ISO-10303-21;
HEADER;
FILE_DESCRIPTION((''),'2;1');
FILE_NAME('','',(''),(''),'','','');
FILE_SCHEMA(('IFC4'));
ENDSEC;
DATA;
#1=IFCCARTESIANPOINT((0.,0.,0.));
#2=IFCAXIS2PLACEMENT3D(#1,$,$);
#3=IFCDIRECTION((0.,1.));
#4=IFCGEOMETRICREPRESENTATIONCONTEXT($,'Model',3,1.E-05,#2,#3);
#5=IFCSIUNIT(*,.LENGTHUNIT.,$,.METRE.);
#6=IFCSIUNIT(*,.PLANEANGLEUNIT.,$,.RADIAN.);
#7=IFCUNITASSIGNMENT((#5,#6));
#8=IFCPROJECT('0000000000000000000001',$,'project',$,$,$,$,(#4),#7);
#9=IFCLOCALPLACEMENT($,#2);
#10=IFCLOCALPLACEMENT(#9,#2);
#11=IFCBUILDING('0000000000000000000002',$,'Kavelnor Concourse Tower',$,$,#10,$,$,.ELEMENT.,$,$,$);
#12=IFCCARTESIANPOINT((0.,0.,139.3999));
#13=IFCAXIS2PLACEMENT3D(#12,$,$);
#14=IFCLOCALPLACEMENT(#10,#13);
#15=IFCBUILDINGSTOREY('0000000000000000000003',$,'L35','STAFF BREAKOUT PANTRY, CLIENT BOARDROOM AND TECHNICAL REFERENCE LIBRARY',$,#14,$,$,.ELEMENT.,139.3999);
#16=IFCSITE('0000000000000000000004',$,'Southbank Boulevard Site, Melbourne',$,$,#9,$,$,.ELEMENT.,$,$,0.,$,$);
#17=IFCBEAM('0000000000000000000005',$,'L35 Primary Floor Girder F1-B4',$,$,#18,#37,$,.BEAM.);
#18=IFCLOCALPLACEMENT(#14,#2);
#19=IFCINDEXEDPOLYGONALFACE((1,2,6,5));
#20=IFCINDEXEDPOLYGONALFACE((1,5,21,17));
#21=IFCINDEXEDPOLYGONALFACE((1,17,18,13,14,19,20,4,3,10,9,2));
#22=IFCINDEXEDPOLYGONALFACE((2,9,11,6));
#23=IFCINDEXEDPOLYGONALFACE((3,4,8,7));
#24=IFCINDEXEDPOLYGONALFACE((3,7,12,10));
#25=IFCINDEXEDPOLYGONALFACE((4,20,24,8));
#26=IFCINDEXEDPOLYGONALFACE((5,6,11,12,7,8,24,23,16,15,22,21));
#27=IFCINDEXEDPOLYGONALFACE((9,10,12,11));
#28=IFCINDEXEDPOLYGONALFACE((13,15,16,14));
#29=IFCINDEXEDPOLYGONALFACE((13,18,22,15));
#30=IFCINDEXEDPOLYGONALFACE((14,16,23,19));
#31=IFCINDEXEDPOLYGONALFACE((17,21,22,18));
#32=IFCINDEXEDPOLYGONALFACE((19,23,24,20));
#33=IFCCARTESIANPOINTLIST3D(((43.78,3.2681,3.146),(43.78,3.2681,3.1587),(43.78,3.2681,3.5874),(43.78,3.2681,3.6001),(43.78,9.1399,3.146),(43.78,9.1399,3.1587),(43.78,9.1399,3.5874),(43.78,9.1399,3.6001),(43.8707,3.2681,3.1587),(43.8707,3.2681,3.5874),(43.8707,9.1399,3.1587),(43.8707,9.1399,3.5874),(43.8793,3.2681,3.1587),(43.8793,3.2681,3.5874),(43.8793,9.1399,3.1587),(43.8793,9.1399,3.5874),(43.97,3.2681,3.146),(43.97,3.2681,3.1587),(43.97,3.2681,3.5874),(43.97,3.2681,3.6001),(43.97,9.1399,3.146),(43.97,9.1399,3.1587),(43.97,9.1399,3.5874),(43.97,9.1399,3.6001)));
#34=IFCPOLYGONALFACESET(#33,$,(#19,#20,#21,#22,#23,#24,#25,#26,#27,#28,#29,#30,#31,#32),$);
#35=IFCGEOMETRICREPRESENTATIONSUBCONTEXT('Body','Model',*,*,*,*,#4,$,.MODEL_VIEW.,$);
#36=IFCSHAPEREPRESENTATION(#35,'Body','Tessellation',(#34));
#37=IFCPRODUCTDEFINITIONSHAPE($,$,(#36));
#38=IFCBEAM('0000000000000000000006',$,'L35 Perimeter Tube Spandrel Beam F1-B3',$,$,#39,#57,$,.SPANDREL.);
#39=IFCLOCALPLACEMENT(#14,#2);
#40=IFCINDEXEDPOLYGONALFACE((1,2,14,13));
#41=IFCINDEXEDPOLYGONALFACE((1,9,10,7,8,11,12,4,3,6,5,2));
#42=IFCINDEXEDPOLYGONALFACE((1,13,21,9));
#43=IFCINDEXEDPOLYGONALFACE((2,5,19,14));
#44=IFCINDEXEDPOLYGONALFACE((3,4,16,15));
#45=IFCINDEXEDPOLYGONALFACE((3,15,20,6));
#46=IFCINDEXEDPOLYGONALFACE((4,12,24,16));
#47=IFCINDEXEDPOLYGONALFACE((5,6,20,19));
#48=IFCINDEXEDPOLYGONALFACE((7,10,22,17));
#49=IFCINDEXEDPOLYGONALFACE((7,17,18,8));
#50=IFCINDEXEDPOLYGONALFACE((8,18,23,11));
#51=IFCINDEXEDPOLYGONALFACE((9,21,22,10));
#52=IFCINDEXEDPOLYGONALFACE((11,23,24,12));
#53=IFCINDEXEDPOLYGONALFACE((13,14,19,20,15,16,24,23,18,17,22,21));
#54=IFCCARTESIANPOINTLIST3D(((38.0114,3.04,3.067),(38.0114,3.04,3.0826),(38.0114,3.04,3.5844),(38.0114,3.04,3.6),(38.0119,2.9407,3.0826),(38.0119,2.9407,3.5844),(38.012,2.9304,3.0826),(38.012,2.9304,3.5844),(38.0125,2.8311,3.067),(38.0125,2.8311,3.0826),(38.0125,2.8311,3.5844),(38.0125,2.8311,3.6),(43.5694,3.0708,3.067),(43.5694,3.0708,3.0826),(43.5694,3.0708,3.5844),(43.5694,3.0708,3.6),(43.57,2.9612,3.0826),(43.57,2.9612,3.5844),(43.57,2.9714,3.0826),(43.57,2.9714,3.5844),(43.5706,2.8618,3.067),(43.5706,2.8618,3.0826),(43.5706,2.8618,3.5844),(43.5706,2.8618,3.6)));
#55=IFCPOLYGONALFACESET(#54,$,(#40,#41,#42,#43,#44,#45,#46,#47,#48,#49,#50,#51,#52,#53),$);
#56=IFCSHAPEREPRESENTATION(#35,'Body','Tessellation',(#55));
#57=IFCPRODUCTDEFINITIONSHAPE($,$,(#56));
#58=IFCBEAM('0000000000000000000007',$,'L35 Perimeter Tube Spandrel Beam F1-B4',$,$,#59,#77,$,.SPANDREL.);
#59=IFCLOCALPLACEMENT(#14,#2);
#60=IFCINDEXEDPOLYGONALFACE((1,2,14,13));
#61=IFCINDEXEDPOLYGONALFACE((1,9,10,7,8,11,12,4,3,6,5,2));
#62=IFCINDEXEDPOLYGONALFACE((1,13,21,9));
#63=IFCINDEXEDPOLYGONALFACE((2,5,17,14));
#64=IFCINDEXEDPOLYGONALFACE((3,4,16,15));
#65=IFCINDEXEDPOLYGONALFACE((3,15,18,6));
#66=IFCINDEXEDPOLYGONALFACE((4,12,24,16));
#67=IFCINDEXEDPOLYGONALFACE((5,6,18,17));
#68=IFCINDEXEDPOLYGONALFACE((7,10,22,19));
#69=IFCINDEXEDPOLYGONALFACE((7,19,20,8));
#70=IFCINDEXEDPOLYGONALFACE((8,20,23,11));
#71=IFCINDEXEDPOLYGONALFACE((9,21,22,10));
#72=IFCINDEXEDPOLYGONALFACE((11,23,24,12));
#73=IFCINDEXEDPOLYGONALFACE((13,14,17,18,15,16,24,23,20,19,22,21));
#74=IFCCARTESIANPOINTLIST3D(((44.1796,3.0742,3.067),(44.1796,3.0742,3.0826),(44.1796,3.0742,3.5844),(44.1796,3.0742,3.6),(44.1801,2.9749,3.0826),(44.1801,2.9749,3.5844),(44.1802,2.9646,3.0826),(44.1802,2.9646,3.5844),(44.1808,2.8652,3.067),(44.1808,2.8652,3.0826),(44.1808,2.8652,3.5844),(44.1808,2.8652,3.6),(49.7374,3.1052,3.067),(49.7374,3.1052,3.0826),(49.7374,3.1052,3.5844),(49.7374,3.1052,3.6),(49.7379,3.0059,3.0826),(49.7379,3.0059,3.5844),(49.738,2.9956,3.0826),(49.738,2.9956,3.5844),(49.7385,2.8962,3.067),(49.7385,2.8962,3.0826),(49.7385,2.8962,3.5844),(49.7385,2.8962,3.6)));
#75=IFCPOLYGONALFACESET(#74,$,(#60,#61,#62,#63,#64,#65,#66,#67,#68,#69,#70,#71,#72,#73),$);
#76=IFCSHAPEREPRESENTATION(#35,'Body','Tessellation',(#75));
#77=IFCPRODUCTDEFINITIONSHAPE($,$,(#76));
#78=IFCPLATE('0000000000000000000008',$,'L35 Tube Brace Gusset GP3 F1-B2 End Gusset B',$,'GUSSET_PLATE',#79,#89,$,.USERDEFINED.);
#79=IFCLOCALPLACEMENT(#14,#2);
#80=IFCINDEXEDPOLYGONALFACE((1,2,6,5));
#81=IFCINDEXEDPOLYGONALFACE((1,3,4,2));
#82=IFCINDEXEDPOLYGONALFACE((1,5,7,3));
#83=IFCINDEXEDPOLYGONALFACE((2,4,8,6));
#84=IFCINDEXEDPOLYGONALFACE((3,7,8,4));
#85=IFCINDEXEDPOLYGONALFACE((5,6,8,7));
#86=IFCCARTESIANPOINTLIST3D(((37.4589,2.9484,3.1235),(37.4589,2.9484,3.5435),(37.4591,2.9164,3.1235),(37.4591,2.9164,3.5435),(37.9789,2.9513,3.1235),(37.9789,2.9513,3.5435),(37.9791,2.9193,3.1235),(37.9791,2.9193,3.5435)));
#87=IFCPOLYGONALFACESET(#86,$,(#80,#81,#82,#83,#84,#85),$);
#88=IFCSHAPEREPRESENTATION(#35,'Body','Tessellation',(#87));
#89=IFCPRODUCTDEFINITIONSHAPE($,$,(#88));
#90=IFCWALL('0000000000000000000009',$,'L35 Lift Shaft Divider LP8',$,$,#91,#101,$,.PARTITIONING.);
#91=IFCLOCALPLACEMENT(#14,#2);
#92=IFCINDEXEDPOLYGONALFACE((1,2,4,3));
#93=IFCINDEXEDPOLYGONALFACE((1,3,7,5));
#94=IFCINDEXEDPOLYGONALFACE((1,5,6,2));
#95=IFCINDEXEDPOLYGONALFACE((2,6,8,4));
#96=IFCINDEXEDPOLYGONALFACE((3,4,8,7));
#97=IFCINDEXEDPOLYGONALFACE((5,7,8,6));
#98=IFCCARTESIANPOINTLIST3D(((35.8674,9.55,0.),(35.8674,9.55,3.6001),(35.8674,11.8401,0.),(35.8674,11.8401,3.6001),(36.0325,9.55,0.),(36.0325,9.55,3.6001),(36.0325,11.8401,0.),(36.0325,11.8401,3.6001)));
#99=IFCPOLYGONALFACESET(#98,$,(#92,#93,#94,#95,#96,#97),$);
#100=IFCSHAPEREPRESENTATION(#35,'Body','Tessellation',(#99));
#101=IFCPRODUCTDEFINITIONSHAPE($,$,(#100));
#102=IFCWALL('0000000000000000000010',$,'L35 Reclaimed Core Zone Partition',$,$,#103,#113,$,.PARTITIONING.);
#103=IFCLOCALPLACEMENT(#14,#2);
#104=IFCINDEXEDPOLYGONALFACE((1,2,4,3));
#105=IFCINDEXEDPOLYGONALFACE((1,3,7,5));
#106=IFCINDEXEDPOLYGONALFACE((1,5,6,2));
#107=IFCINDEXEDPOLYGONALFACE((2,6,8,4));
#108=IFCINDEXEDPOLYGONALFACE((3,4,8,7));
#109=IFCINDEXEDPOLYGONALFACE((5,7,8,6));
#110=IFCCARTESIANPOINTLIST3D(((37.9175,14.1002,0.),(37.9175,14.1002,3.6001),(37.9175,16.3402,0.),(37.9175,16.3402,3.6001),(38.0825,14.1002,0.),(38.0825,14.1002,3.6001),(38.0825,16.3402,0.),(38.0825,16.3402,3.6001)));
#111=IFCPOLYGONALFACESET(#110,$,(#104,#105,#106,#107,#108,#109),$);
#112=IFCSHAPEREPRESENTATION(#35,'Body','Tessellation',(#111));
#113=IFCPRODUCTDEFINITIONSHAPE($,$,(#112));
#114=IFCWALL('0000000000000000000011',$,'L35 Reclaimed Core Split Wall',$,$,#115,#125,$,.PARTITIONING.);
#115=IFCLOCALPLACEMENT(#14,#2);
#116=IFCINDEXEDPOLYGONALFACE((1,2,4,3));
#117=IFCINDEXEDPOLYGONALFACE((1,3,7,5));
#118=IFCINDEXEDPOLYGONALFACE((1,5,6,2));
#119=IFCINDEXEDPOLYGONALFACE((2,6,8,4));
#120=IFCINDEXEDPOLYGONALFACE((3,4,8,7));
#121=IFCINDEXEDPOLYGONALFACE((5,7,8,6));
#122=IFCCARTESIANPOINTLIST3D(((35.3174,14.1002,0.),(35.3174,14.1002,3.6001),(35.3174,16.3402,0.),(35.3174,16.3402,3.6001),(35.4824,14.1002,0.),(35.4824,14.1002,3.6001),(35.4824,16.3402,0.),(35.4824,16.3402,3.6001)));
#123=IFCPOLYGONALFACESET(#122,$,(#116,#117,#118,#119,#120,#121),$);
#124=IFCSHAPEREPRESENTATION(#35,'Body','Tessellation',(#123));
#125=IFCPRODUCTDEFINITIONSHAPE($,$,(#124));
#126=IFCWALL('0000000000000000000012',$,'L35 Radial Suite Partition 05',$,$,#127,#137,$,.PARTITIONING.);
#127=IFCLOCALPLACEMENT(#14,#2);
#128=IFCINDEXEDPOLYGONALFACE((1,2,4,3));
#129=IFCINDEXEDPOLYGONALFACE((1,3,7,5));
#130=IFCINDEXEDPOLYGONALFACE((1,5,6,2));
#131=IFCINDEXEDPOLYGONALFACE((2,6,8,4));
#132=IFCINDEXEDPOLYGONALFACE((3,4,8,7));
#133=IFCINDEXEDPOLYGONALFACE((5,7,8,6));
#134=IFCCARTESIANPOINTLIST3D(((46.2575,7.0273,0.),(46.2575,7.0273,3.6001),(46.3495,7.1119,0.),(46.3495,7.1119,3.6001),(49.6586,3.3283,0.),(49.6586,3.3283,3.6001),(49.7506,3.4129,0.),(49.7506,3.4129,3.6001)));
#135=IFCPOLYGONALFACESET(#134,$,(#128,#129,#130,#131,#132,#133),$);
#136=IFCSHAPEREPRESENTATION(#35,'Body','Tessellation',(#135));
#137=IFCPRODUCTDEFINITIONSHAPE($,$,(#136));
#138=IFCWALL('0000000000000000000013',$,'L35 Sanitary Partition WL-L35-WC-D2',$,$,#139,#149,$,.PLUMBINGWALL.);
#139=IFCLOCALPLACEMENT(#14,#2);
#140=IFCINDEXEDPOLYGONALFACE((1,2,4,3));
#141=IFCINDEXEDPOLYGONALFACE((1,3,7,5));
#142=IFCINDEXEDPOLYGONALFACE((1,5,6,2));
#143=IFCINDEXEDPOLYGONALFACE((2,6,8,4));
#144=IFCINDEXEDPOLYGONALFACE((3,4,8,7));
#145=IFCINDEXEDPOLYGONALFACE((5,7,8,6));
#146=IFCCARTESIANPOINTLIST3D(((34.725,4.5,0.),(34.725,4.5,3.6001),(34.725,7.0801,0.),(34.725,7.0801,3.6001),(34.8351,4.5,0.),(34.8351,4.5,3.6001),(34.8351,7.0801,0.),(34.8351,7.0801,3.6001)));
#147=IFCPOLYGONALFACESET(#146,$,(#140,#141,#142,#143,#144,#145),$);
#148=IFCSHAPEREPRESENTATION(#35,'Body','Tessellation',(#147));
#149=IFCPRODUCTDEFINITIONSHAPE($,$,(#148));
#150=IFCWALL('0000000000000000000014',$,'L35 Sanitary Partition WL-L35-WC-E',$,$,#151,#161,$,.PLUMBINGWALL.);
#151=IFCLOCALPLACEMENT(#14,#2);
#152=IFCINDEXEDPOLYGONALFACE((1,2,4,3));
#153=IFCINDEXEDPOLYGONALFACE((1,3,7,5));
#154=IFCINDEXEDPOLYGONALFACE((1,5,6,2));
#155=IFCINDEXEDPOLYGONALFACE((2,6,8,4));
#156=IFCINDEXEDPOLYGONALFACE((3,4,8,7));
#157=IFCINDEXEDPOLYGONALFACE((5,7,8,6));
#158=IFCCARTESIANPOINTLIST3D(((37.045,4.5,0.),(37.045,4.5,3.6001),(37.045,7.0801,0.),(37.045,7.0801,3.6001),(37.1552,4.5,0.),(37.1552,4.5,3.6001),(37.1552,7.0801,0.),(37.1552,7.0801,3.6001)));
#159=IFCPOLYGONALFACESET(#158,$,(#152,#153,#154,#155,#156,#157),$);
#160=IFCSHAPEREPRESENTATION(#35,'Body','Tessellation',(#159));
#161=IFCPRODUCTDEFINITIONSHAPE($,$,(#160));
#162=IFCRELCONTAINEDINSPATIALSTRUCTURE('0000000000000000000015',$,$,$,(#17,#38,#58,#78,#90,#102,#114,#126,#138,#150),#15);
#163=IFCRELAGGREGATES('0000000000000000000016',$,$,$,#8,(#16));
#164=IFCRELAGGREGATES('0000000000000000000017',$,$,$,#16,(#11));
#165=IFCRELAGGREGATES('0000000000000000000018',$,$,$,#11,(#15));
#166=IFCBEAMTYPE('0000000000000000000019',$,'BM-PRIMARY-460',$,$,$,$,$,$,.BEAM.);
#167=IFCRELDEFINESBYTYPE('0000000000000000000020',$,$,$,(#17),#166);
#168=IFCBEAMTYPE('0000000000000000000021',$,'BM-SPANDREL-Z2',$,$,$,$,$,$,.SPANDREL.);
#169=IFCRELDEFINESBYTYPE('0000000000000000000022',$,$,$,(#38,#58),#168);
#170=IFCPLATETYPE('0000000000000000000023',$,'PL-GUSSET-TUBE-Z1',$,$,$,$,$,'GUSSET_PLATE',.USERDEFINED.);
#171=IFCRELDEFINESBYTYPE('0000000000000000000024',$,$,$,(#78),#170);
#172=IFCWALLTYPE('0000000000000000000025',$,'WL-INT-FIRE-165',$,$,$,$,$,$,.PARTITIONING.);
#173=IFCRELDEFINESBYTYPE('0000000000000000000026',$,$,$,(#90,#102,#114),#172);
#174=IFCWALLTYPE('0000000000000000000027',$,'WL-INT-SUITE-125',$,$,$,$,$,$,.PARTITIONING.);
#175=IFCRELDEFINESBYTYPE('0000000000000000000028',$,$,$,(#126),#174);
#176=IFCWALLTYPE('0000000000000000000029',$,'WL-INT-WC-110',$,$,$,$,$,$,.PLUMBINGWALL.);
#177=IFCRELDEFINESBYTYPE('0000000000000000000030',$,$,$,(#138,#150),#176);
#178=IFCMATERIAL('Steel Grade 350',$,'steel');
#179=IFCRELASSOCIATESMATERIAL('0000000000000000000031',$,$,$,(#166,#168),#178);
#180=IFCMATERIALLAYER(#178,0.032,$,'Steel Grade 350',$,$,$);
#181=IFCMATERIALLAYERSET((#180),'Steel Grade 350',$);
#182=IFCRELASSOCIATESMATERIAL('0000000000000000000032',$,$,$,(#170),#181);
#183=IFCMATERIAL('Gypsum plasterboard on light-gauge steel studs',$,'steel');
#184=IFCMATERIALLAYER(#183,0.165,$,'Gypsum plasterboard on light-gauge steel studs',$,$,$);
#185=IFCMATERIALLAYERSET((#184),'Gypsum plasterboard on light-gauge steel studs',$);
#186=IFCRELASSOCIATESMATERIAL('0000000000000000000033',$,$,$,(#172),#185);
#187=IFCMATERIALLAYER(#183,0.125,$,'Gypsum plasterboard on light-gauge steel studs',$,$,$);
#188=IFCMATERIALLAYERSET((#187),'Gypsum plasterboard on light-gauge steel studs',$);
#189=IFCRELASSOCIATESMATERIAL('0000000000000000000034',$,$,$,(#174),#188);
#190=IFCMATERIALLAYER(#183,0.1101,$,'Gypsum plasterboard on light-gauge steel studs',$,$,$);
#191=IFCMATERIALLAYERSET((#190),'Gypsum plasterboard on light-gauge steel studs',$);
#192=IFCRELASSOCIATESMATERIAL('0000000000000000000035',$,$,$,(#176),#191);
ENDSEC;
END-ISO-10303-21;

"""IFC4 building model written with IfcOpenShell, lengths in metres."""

from ifc_helpers import new_model, si_unit, direction, frame, frame_2d, origin, origin_2d, place, context, subcontext, project, spatial, rectangle, i_section, extrude, material, layer, layer_set, material_profile, profile_set, type_object, element, save


model = new_model("IFC4")

# Units and contexts
model_context = context("Model", 3, precision=1e-05, world=origin(), true_north=direction((0.0, 1.0)))
body_context = subcontext(model_context, "Body", "Model", "MODEL_VIEW")
ifc_project = project(units=[si_unit("LENGTHUNIT", "METRE"), si_unit("PLANEANGLEUNIT", "RADIAN")], contexts=[model_context])

# Site, building, storey
site_placement = place(None, origin())
site = spatial("IfcSite", under=ifc_project, at=site_placement, Name="Southbank Boulevard Site, Melbourne", CompositionType="ELEMENT", RefElevation=0.0)
building_placement = place(site_placement, origin())
building = spatial("IfcBuilding", under=site, at=building_placement, Name="Kavelnor Concourse Tower", CompositionType="ELEMENT")
storey_placement = place(building_placement, frame((0.0, 0.0, 139.3999)))
storey = spatial("IfcBuildingStorey", under=building, at=storey_placement, Name="L35", Description="STAFF BREAKOUT PANTRY, CLIENT BOARDROOM AND TECHNICAL REFERENCE LIBRARY", CompositionType="ELEMENT", Elevation=139.3999)

# Shared definitions
ifc_material_1 = material(Name="Steel Grade 350", Category="steel")

# Beams
ifc_material_profile_1 = material_profile(ifc_material_1, i_section(OverallWidth=0.1899, OverallDepth=0.4541, WebThickness=0.0085, FlangeThickness=0.0127, at=origin_2d()), Name="460UB67")
ifc_profile_set_1 = profile_set([ifc_material_profile_1], Name="Steel Grade 350")
beam_type_1 = type_object("IfcBeamType", Name="BM-PRIMARY-460", PredefinedType="BEAM", material=ifc_profile_set_1)
beam_1_placement = place(storey_placement, frame((43.875, 9.1399, 3.373), z_axis=(0.0, -1.0, 0.0), x_axis=(1.0, 0.0, 0.0)))
element("IfcBeam", 1, at=beam_1_placement, inside=storey, type_object=beam_type_1, Name="L35 Primary Floor Girder F1-B4", PredefinedType="BEAM", context=body_context, shape_type="SweptSolid", body=[
    extrude(i_section(OverallWidth=0.1899, OverallDepth=0.4541, WebThickness=0.0085, FlangeThickness=0.0127, at=origin_2d()), origin(), (0.0, 0.0, 1.0), 5.8718),
])
ifc_material_profile_2 = material_profile(ifc_material_1, i_section(OverallWidth=0.209, OverallDepth=0.533, WebThickness=0.0103, FlangeThickness=0.0156, at=origin_2d()), Name="530UB92")
ifc_profile_set_2 = profile_set([ifc_material_profile_2], Name="Steel Grade 350")
beam_type_2 = type_object("IfcBeamType", Name="BM-SPANDREL-Z2", PredefinedType="SPANDREL", material=ifc_profile_set_2)
beam_2_placement = place(storey_placement, frame((38.012, 2.9355, 3.3335), z_axis=(0.999985, 0.005534, 0.0), x_axis=(-0.005534, 0.999985, 0.0)))
element("IfcBeam", 2, at=beam_2_placement, inside=storey, type_object=beam_type_2, Name="L35 Perimeter Tube Spandrel Beam F1-B3", PredefinedType="SPANDREL", context=body_context, shape_type="SweptSolid", body=[
    extrude(i_section(OverallWidth=0.209, OverallDepth=0.533, WebThickness=0.0103, FlangeThickness=0.0156, at=origin_2d()), origin(), (0.0, 0.0, 1.0), 5.5581),
])
beam_3_placement = place(storey_placement, frame((44.1802, 2.9697, 3.3335), z_axis=(0.999984, 0.005579, 0.0), x_axis=(-0.005579, 0.999984, 0.0)))
element("IfcBeam", 3, at=beam_3_placement, inside=storey, type_object=beam_type_2, Name="L35 Perimeter Tube Spandrel Beam F1-B4", PredefinedType="SPANDREL", context=body_context, shape_type="SweptSolid", body=[
    extrude(i_section(OverallWidth=0.209, OverallDepth=0.533, WebThickness=0.0103, FlangeThickness=0.0156, at=origin_2d()), origin(), (0.0, 0.0, 1.0), 5.5579),
])

# Plate
ifc_layer_1 = layer(ifc_material_1, 0.032, Name="Steel Grade 350")
ifc_layer_set_1 = layer_set([ifc_layer_1], Name="Steel Grade 350")
plate_type = type_object("IfcPlateType", Name="PL-GUSSET-TUBE-Z1", ElementType="GUSSET_PLATE", PredefinedType="USERDEFINED", material=ifc_layer_set_1)
plate_placement = place(storey_placement, frame((37.719, 2.9338, 3.1235), z_axis=(0.0, 0.0, 1.0), x_axis=(0.999984, 0.005585, 0.0)))
element("IfcPlate", 4, at=plate_placement, inside=storey, type_object=plate_type, Name="L35 Tube Brace Gusset GP3 F1-B2 End Gusset B", ObjectType="GUSSET_PLATE", PredefinedType="USERDEFINED", context=body_context, shape_type="SweptSolid", body=[
    extrude(rectangle(XDim=0.52, YDim=0.032, at=origin_2d()), origin(), (0.0, 0.0, 1.0), 0.4199),
])

# Walls
ifc_material_2 = material(Name="Gypsum plasterboard on light-gauge steel studs", Category="steel")
ifc_layer_2 = layer(ifc_material_2, 0.165, Name="Gypsum plasterboard on light-gauge steel studs")
ifc_layer_set_2 = layer_set([ifc_layer_2], Name="Gypsum plasterboard on light-gauge steel studs")
wall_type_1 = type_object("IfcWallType", Name="WL-INT-FIRE-165", PredefinedType="PARTITIONING", material=ifc_layer_set_2)
wall_1_placement = place(storey_placement, frame((35.95, 9.55, 0.0), z_axis=(0.0, 0.0, 1.0), x_axis=(0.0, 1.0, 0.0)))
element("IfcWall", 5, at=wall_1_placement, inside=storey, type_object=wall_type_1, Name="L35 Lift Shaft Divider LP8", PredefinedType="PARTITIONING", context=body_context, shape_type="SweptSolid", body=[
    extrude(rectangle(XDim=2.29, YDim=0.165, at=frame_2d((1.145, 0.0))), origin(), (0.0, 0.0, 1.0), 3.6001),
])
for number, where, z_axis, x_axis, name in (
    (6, (38.0, 14.1001, 0.0), (0.0, 0.0, 1.0), (0.0, 1.0, 0.0), "L35 Reclaimed Core Zone Partition"),
    (7, (35.3999, 14.1001, 0.0), (0.0, 0.0, 1.0), (0.0, 1.0, 0.0), "L35 Reclaimed Core Split Wall"),
):
    element("IfcWall", number, at=place(storey_placement, frame(where, z_axis=z_axis, x_axis=x_axis)), inside=storey, type_object=wall_type_1, Name=name, PredefinedType="PARTITIONING", context=body_context, shape_type="SweptSolid", body=[
        extrude(rectangle(XDim=2.24, YDim=0.165, at=frame_2d((1.1201, 0.0))), origin(), (0.0, 0.0, 1.0), 3.6001),
    ])
ifc_layer_3 = layer(ifc_material_2, 0.125, Name="Gypsum plasterboard on light-gauge steel studs")
ifc_layer_set_3 = layer_set([ifc_layer_3], Name="Gypsum plasterboard on light-gauge steel studs")
wall_type_2 = type_object("IfcWallType", Name="WL-INT-SUITE-125", PredefinedType="PARTITIONING", material=ifc_layer_set_3)
wall_2_placement = place(storey_placement, frame((46.3035, 7.0696, 0.0), z_axis=(0.0, 0.0, 1.0), x_axis=(0.676848, -0.736123, 0.0)))
element("IfcWall", 8, at=wall_2_placement, inside=storey, type_object=wall_type_2, Name="L35 Radial Suite Partition 05", PredefinedType="PARTITIONING", context=body_context, shape_type="SweptSolid", body=[
    extrude(rectangle(XDim=5.0249, YDim=0.125, at=frame_2d((2.5125, 0.0))), origin(), (0.0, 0.0, 1.0), 3.6001),
])
ifc_layer_4 = layer(ifc_material_2, 0.1101, Name="Gypsum plasterboard on light-gauge steel studs")
ifc_layer_set_4 = layer_set([ifc_layer_4], Name="Gypsum plasterboard on light-gauge steel studs")
wall_type_3 = type_object("IfcWallType", Name="WL-INT-WC-110", PredefinedType="PLUMBINGWALL", material=ifc_layer_set_4)
for number, where, z_axis, x_axis, name in (
    (9, (34.78, 4.5, 0.0), (0.0, 0.0, 1.0), (0.0, 1.0, 0.0), "L35 Sanitary Partition WL-L35-WC-D2"),
    (10, (37.1001, 4.5, 0.0), (0.0, 0.0, 1.0), (0.0, 1.0, 0.0), "L35 Sanitary Partition WL-L35-WC-E"),
):
    element("IfcWall", number, at=place(storey_placement, frame(where, z_axis=z_axis, x_axis=x_axis)), inside=storey, type_object=wall_type_3, Name=name, PredefinedType="PLUMBINGWALL", context=body_context, shape_type="SweptSolid", body=[
        extrude(rectangle(XDim=2.5801, YDim=0.1101, at=frame_2d((1.29, 0.0))), origin(), (0.0, 0.0, 1.0), 3.6001),
    ])

save(model, "model.ifc")
